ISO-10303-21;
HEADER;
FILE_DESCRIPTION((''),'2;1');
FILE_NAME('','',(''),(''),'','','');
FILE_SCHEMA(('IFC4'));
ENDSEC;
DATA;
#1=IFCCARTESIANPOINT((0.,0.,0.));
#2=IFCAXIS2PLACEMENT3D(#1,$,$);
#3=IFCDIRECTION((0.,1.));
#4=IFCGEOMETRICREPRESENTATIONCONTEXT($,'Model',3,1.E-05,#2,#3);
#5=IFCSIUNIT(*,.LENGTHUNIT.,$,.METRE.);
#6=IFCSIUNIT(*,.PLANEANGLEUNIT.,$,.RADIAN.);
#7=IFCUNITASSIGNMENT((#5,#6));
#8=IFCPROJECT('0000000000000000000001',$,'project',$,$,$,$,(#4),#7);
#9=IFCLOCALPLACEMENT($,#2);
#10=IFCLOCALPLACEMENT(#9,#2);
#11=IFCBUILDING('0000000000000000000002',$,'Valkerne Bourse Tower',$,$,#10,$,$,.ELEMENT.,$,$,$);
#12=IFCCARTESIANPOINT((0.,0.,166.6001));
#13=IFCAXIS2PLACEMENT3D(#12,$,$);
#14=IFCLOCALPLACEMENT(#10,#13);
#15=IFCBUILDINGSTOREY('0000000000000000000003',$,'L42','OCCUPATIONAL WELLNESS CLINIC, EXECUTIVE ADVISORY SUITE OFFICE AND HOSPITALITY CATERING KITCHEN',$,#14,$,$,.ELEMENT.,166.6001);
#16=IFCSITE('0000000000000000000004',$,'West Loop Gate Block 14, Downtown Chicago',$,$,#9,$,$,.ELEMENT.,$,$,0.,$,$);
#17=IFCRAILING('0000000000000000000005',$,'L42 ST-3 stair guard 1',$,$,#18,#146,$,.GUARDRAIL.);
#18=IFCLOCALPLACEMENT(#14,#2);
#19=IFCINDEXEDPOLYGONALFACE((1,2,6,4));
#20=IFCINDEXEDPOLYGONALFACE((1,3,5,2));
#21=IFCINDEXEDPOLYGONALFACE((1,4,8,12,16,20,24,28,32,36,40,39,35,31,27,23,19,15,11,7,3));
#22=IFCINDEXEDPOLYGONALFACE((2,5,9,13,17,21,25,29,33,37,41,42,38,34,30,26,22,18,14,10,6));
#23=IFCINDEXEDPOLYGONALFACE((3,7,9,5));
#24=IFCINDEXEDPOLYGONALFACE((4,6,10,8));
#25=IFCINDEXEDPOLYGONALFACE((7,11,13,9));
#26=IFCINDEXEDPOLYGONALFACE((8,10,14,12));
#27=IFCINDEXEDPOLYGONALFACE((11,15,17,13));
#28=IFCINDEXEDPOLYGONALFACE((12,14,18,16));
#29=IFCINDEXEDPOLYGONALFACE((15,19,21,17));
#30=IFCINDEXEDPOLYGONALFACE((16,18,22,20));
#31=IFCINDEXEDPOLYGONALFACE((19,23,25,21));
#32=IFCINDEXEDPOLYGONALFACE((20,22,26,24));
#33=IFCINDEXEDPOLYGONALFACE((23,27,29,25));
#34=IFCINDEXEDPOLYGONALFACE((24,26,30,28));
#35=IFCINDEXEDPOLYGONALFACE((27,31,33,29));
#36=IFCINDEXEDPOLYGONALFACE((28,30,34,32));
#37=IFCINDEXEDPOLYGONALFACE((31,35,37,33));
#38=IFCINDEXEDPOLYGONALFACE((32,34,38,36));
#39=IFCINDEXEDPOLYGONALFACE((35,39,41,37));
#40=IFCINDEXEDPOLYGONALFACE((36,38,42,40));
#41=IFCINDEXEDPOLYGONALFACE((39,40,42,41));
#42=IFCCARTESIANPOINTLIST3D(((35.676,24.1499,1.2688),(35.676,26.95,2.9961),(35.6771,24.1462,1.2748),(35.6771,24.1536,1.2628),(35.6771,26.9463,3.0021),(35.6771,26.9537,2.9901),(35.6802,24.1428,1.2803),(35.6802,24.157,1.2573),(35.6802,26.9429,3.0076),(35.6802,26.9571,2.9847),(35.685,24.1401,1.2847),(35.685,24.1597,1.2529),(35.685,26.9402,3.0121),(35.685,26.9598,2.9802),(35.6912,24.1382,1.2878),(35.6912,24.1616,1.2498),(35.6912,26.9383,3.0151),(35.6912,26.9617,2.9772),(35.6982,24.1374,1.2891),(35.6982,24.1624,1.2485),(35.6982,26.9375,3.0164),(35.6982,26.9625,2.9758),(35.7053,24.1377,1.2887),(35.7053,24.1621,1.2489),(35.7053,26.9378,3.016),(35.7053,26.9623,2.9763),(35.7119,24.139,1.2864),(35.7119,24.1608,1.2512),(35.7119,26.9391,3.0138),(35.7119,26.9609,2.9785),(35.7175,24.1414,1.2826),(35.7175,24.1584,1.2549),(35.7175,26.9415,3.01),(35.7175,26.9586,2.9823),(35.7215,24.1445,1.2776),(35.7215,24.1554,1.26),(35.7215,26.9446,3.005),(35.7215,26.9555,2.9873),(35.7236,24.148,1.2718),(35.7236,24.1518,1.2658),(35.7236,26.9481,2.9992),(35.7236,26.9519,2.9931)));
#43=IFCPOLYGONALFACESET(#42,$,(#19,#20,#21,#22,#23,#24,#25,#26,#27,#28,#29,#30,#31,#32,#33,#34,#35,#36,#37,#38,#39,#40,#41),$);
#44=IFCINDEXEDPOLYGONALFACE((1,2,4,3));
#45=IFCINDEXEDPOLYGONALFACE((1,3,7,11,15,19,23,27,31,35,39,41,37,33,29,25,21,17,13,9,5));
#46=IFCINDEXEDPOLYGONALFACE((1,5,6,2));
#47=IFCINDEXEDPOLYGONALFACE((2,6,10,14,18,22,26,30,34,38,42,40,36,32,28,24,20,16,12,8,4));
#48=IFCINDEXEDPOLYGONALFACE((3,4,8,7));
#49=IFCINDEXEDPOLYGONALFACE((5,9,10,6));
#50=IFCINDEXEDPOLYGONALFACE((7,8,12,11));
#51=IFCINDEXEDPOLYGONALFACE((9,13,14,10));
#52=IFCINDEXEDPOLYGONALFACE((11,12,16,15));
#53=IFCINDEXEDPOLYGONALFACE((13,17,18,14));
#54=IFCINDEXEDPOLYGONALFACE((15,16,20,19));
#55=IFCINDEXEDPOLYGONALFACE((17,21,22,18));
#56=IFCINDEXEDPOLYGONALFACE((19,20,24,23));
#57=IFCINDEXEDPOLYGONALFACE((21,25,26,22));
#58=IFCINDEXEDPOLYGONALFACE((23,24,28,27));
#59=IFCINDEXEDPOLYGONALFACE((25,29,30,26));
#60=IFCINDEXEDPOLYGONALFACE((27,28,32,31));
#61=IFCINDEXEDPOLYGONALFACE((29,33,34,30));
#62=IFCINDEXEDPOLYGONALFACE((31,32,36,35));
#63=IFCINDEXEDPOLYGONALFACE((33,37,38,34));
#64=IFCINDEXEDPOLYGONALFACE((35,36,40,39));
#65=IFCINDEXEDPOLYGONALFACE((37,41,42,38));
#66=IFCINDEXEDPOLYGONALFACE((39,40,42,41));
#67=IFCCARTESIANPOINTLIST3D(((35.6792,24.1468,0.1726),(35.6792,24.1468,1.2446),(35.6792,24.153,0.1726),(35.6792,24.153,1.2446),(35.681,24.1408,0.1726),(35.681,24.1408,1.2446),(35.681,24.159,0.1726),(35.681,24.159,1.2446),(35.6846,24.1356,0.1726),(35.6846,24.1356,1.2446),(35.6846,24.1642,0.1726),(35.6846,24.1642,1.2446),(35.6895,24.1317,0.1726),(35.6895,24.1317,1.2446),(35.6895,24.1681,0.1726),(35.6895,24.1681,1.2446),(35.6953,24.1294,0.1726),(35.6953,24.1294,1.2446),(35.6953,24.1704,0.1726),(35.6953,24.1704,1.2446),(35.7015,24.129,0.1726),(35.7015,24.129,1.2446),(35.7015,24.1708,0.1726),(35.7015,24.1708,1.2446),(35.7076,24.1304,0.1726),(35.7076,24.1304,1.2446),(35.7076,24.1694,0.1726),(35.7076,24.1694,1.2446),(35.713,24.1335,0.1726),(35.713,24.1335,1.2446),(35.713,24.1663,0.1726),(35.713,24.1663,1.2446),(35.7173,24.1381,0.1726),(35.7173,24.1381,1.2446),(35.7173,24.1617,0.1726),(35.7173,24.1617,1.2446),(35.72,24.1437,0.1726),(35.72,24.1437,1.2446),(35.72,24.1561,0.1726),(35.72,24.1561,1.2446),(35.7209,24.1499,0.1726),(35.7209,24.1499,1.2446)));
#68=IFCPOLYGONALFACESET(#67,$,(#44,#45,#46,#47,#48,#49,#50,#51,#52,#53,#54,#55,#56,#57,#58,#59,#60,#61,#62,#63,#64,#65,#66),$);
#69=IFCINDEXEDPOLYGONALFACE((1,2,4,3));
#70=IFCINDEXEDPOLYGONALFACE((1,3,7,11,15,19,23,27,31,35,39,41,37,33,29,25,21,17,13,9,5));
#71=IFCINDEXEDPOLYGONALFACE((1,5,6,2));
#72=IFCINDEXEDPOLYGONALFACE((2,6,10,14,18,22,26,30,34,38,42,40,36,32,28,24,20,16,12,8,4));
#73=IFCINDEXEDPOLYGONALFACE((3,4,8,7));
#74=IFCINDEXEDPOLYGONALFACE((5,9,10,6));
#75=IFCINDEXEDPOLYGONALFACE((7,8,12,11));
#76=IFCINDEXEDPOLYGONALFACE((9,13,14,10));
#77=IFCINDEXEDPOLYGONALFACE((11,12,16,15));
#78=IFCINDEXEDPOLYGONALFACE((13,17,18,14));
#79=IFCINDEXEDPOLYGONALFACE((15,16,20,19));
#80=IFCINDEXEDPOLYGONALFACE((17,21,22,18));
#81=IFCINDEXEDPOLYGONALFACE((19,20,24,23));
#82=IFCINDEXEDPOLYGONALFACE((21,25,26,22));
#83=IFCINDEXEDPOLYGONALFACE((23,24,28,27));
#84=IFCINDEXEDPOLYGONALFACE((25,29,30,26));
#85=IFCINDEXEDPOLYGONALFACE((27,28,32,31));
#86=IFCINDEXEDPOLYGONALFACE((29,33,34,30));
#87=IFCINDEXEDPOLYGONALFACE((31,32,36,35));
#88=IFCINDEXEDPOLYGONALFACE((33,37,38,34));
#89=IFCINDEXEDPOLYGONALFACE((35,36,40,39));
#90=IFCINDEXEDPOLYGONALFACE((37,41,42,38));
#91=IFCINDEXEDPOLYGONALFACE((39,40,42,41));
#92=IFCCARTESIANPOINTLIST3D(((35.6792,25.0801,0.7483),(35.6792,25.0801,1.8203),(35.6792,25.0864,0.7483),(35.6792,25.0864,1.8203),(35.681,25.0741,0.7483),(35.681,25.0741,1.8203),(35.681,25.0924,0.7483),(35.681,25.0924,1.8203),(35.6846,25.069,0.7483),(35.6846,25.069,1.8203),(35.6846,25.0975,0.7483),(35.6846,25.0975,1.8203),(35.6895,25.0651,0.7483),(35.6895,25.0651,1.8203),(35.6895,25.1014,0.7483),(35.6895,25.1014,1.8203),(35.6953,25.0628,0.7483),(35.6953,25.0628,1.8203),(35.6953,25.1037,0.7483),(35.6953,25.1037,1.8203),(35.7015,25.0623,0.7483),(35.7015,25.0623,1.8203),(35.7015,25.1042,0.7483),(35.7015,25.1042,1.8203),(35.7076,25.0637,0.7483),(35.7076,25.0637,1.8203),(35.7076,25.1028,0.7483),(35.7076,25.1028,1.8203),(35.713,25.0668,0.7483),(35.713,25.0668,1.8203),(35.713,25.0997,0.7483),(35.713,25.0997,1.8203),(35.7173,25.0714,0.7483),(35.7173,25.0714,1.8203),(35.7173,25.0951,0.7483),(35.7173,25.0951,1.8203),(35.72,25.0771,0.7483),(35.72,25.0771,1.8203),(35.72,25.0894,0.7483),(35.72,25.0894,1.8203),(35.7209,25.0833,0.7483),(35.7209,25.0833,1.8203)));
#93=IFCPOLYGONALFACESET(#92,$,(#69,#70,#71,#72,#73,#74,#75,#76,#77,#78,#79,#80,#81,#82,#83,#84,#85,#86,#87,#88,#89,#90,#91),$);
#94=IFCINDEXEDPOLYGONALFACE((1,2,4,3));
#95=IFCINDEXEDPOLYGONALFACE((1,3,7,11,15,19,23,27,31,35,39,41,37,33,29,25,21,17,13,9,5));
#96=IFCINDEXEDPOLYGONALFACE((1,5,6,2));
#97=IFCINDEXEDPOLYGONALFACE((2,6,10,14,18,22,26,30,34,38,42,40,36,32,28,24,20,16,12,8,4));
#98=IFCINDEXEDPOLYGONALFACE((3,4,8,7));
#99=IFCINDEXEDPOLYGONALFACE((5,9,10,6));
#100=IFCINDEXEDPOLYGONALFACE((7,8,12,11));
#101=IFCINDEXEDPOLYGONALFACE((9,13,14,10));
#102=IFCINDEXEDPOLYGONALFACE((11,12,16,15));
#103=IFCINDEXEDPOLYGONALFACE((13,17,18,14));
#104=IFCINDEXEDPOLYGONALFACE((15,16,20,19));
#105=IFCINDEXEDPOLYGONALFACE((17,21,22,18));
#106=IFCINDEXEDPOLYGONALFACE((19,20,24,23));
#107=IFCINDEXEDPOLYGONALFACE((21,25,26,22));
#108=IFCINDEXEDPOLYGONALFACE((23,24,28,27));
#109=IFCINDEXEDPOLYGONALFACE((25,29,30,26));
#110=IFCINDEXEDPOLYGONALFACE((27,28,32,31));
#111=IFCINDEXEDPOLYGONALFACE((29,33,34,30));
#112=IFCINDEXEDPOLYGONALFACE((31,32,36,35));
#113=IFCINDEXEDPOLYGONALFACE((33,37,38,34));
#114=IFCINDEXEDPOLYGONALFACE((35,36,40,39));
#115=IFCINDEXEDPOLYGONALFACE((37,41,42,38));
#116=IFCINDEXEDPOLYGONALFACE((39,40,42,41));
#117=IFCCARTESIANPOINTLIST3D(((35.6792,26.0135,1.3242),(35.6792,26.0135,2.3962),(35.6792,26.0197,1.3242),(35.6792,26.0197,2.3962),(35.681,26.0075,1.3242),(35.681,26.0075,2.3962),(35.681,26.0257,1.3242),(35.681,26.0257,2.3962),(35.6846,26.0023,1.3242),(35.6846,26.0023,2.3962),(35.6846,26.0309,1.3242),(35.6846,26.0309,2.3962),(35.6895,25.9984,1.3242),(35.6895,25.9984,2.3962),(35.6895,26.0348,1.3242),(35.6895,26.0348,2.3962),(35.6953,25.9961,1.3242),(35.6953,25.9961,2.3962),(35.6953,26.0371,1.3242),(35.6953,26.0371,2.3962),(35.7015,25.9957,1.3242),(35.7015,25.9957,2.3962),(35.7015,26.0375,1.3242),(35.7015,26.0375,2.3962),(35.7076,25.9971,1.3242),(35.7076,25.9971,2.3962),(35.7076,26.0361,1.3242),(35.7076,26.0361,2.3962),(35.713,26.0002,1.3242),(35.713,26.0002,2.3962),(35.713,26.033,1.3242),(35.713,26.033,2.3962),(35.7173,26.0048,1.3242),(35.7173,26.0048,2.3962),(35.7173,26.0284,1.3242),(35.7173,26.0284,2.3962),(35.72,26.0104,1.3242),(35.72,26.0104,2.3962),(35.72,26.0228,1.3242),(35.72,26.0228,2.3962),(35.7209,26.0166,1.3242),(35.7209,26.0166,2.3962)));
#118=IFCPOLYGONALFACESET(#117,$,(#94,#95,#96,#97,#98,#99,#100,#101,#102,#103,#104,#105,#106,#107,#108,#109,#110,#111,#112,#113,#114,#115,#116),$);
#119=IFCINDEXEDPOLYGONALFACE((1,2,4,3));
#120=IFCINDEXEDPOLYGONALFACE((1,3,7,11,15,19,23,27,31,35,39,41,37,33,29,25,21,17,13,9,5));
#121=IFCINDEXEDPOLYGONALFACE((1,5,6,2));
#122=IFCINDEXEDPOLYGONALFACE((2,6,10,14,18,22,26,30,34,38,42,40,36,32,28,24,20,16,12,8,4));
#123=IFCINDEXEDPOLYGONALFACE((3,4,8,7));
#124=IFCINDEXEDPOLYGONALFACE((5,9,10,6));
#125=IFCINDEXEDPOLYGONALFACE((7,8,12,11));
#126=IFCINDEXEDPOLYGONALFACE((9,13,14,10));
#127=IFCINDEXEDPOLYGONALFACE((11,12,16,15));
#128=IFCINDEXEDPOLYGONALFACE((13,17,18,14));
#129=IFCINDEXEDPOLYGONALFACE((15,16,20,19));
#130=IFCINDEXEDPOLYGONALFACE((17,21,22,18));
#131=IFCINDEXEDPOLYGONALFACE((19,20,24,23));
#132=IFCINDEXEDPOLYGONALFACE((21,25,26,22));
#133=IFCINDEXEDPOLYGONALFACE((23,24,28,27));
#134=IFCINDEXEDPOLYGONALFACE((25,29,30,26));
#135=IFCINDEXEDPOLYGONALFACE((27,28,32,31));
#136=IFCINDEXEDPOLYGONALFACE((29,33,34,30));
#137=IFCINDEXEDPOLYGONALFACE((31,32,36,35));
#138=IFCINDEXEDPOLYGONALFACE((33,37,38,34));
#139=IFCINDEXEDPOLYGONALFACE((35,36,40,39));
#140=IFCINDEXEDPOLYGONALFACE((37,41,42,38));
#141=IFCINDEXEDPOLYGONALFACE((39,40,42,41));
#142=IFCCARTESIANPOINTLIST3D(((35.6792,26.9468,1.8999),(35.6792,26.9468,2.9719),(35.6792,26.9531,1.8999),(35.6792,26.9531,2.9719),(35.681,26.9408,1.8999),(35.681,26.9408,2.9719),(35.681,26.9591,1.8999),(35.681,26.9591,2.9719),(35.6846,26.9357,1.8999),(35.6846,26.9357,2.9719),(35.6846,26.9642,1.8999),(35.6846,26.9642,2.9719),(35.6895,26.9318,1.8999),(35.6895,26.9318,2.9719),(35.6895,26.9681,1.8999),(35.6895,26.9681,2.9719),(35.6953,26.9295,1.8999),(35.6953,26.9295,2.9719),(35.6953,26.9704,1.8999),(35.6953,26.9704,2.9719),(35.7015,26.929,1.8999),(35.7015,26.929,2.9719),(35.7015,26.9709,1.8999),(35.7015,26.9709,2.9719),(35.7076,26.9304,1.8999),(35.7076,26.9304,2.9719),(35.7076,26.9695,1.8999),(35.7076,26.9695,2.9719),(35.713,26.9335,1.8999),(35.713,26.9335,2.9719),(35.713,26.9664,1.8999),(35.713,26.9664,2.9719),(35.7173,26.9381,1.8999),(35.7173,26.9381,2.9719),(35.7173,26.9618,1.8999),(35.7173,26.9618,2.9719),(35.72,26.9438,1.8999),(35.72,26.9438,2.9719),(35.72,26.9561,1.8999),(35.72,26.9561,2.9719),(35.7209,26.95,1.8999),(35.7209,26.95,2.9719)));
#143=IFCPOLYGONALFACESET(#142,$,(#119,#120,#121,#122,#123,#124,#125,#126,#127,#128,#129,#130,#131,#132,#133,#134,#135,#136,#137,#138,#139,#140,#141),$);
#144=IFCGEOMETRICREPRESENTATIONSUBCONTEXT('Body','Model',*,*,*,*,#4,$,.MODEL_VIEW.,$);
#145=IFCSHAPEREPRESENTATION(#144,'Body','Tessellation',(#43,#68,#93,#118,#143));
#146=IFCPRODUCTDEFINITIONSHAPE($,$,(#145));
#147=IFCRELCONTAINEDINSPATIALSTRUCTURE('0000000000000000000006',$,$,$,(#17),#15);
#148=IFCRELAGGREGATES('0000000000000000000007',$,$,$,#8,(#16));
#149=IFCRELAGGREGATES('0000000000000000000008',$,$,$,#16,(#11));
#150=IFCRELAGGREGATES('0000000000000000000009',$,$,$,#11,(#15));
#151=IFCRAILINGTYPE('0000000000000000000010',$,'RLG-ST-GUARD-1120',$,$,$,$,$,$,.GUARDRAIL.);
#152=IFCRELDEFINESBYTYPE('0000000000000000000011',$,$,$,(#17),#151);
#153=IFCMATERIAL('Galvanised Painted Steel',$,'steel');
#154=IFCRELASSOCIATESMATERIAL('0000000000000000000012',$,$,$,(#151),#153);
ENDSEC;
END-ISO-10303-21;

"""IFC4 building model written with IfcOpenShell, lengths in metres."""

from ifc_helpers import new_model, si_unit, direction, frame, origin, origin_2d, place, context, subcontext, project, spatial, circle, extrude, material, type_object, element, save


model = new_model("IFC4")

# Units and contexts
model_context = context("Model", 3, precision=1e-05, world=origin(), true_north=direction((0.0, 1.0)))
body_context = subcontext(model_context, "Body", "Model", "MODEL_VIEW")
ifc_project = project(units=[si_unit("LENGTHUNIT", "METRE"), si_unit("PLANEANGLEUNIT", "RADIAN")], contexts=[model_context])

# Site, building, storey
site_placement = place(None, origin())
site = spatial("IfcSite", under=ifc_project, at=site_placement, Name="West Loop Gate Block 14, Downtown Chicago", CompositionType="ELEMENT", RefElevation=0.0)
building_placement = place(site_placement, origin())
building = spatial("IfcBuilding", under=site, at=building_placement, Name="Valkerne Bourse Tower", CompositionType="ELEMENT")
storey_placement = place(building_placement, frame((0.0, 0.0, 166.6001)))
storey = spatial("IfcBuildingStorey", under=building, at=storey_placement, Name="L42", Description="OCCUPATIONAL WELLNESS CLINIC, EXECUTIVE ADVISORY SUITE OFFICE AND HOSPITALITY CATERING KITCHEN", CompositionType="ELEMENT", Elevation=166.6001)

# Railing
ifc_material_1 = material(Name="Galvanised Painted Steel", Category="steel")
railing_type_1 = type_object("IfcRailingType", Name="RLG-ST-GUARD-1120", PredefinedType="GUARDRAIL", material=ifc_material_1)
railing_1_placement = place(storey_placement, frame((35.7, 24.1499, 0.1726)))
element("IfcRailing", 1, at=railing_1_placement, inside=storey, type_object=railing_type_1, Name="L42 ST-3 stair guard 1", PredefinedType="GUARDRAIL", context=body_context, shape_type="SweptSolid", body=[
    extrude(circle(Radius=0.0239, at=origin_2d()), frame((0.0, 0.0, 1.0962), z_axis=(0.0, 0.85109, 0.52502), x_axis=(-1.0, 0.0, 0.0)), (0.0, 0.0, 1.0), 3.29),
    extrude(circle(Radius=0.021, at=origin_2d()), origin(), (0.0, 0.0, 1.0), 1.072),
    extrude(circle(Radius=0.021, at=origin_2d()), frame((0.0, 0.9333, 0.5757)), (0.0, 0.0, 1.0), 1.072),
    extrude(circle(Radius=0.021, at=origin_2d()), frame((0.0, 1.8667, 1.1516)), (0.0, 0.0, 1.0), 1.072),
    extrude(circle(Radius=0.021, at=origin_2d()), frame((0.0, 2.8, 1.7273)), (0.0, 0.0, 1.0), 1.072),
])

save(model, "model.ifc")
